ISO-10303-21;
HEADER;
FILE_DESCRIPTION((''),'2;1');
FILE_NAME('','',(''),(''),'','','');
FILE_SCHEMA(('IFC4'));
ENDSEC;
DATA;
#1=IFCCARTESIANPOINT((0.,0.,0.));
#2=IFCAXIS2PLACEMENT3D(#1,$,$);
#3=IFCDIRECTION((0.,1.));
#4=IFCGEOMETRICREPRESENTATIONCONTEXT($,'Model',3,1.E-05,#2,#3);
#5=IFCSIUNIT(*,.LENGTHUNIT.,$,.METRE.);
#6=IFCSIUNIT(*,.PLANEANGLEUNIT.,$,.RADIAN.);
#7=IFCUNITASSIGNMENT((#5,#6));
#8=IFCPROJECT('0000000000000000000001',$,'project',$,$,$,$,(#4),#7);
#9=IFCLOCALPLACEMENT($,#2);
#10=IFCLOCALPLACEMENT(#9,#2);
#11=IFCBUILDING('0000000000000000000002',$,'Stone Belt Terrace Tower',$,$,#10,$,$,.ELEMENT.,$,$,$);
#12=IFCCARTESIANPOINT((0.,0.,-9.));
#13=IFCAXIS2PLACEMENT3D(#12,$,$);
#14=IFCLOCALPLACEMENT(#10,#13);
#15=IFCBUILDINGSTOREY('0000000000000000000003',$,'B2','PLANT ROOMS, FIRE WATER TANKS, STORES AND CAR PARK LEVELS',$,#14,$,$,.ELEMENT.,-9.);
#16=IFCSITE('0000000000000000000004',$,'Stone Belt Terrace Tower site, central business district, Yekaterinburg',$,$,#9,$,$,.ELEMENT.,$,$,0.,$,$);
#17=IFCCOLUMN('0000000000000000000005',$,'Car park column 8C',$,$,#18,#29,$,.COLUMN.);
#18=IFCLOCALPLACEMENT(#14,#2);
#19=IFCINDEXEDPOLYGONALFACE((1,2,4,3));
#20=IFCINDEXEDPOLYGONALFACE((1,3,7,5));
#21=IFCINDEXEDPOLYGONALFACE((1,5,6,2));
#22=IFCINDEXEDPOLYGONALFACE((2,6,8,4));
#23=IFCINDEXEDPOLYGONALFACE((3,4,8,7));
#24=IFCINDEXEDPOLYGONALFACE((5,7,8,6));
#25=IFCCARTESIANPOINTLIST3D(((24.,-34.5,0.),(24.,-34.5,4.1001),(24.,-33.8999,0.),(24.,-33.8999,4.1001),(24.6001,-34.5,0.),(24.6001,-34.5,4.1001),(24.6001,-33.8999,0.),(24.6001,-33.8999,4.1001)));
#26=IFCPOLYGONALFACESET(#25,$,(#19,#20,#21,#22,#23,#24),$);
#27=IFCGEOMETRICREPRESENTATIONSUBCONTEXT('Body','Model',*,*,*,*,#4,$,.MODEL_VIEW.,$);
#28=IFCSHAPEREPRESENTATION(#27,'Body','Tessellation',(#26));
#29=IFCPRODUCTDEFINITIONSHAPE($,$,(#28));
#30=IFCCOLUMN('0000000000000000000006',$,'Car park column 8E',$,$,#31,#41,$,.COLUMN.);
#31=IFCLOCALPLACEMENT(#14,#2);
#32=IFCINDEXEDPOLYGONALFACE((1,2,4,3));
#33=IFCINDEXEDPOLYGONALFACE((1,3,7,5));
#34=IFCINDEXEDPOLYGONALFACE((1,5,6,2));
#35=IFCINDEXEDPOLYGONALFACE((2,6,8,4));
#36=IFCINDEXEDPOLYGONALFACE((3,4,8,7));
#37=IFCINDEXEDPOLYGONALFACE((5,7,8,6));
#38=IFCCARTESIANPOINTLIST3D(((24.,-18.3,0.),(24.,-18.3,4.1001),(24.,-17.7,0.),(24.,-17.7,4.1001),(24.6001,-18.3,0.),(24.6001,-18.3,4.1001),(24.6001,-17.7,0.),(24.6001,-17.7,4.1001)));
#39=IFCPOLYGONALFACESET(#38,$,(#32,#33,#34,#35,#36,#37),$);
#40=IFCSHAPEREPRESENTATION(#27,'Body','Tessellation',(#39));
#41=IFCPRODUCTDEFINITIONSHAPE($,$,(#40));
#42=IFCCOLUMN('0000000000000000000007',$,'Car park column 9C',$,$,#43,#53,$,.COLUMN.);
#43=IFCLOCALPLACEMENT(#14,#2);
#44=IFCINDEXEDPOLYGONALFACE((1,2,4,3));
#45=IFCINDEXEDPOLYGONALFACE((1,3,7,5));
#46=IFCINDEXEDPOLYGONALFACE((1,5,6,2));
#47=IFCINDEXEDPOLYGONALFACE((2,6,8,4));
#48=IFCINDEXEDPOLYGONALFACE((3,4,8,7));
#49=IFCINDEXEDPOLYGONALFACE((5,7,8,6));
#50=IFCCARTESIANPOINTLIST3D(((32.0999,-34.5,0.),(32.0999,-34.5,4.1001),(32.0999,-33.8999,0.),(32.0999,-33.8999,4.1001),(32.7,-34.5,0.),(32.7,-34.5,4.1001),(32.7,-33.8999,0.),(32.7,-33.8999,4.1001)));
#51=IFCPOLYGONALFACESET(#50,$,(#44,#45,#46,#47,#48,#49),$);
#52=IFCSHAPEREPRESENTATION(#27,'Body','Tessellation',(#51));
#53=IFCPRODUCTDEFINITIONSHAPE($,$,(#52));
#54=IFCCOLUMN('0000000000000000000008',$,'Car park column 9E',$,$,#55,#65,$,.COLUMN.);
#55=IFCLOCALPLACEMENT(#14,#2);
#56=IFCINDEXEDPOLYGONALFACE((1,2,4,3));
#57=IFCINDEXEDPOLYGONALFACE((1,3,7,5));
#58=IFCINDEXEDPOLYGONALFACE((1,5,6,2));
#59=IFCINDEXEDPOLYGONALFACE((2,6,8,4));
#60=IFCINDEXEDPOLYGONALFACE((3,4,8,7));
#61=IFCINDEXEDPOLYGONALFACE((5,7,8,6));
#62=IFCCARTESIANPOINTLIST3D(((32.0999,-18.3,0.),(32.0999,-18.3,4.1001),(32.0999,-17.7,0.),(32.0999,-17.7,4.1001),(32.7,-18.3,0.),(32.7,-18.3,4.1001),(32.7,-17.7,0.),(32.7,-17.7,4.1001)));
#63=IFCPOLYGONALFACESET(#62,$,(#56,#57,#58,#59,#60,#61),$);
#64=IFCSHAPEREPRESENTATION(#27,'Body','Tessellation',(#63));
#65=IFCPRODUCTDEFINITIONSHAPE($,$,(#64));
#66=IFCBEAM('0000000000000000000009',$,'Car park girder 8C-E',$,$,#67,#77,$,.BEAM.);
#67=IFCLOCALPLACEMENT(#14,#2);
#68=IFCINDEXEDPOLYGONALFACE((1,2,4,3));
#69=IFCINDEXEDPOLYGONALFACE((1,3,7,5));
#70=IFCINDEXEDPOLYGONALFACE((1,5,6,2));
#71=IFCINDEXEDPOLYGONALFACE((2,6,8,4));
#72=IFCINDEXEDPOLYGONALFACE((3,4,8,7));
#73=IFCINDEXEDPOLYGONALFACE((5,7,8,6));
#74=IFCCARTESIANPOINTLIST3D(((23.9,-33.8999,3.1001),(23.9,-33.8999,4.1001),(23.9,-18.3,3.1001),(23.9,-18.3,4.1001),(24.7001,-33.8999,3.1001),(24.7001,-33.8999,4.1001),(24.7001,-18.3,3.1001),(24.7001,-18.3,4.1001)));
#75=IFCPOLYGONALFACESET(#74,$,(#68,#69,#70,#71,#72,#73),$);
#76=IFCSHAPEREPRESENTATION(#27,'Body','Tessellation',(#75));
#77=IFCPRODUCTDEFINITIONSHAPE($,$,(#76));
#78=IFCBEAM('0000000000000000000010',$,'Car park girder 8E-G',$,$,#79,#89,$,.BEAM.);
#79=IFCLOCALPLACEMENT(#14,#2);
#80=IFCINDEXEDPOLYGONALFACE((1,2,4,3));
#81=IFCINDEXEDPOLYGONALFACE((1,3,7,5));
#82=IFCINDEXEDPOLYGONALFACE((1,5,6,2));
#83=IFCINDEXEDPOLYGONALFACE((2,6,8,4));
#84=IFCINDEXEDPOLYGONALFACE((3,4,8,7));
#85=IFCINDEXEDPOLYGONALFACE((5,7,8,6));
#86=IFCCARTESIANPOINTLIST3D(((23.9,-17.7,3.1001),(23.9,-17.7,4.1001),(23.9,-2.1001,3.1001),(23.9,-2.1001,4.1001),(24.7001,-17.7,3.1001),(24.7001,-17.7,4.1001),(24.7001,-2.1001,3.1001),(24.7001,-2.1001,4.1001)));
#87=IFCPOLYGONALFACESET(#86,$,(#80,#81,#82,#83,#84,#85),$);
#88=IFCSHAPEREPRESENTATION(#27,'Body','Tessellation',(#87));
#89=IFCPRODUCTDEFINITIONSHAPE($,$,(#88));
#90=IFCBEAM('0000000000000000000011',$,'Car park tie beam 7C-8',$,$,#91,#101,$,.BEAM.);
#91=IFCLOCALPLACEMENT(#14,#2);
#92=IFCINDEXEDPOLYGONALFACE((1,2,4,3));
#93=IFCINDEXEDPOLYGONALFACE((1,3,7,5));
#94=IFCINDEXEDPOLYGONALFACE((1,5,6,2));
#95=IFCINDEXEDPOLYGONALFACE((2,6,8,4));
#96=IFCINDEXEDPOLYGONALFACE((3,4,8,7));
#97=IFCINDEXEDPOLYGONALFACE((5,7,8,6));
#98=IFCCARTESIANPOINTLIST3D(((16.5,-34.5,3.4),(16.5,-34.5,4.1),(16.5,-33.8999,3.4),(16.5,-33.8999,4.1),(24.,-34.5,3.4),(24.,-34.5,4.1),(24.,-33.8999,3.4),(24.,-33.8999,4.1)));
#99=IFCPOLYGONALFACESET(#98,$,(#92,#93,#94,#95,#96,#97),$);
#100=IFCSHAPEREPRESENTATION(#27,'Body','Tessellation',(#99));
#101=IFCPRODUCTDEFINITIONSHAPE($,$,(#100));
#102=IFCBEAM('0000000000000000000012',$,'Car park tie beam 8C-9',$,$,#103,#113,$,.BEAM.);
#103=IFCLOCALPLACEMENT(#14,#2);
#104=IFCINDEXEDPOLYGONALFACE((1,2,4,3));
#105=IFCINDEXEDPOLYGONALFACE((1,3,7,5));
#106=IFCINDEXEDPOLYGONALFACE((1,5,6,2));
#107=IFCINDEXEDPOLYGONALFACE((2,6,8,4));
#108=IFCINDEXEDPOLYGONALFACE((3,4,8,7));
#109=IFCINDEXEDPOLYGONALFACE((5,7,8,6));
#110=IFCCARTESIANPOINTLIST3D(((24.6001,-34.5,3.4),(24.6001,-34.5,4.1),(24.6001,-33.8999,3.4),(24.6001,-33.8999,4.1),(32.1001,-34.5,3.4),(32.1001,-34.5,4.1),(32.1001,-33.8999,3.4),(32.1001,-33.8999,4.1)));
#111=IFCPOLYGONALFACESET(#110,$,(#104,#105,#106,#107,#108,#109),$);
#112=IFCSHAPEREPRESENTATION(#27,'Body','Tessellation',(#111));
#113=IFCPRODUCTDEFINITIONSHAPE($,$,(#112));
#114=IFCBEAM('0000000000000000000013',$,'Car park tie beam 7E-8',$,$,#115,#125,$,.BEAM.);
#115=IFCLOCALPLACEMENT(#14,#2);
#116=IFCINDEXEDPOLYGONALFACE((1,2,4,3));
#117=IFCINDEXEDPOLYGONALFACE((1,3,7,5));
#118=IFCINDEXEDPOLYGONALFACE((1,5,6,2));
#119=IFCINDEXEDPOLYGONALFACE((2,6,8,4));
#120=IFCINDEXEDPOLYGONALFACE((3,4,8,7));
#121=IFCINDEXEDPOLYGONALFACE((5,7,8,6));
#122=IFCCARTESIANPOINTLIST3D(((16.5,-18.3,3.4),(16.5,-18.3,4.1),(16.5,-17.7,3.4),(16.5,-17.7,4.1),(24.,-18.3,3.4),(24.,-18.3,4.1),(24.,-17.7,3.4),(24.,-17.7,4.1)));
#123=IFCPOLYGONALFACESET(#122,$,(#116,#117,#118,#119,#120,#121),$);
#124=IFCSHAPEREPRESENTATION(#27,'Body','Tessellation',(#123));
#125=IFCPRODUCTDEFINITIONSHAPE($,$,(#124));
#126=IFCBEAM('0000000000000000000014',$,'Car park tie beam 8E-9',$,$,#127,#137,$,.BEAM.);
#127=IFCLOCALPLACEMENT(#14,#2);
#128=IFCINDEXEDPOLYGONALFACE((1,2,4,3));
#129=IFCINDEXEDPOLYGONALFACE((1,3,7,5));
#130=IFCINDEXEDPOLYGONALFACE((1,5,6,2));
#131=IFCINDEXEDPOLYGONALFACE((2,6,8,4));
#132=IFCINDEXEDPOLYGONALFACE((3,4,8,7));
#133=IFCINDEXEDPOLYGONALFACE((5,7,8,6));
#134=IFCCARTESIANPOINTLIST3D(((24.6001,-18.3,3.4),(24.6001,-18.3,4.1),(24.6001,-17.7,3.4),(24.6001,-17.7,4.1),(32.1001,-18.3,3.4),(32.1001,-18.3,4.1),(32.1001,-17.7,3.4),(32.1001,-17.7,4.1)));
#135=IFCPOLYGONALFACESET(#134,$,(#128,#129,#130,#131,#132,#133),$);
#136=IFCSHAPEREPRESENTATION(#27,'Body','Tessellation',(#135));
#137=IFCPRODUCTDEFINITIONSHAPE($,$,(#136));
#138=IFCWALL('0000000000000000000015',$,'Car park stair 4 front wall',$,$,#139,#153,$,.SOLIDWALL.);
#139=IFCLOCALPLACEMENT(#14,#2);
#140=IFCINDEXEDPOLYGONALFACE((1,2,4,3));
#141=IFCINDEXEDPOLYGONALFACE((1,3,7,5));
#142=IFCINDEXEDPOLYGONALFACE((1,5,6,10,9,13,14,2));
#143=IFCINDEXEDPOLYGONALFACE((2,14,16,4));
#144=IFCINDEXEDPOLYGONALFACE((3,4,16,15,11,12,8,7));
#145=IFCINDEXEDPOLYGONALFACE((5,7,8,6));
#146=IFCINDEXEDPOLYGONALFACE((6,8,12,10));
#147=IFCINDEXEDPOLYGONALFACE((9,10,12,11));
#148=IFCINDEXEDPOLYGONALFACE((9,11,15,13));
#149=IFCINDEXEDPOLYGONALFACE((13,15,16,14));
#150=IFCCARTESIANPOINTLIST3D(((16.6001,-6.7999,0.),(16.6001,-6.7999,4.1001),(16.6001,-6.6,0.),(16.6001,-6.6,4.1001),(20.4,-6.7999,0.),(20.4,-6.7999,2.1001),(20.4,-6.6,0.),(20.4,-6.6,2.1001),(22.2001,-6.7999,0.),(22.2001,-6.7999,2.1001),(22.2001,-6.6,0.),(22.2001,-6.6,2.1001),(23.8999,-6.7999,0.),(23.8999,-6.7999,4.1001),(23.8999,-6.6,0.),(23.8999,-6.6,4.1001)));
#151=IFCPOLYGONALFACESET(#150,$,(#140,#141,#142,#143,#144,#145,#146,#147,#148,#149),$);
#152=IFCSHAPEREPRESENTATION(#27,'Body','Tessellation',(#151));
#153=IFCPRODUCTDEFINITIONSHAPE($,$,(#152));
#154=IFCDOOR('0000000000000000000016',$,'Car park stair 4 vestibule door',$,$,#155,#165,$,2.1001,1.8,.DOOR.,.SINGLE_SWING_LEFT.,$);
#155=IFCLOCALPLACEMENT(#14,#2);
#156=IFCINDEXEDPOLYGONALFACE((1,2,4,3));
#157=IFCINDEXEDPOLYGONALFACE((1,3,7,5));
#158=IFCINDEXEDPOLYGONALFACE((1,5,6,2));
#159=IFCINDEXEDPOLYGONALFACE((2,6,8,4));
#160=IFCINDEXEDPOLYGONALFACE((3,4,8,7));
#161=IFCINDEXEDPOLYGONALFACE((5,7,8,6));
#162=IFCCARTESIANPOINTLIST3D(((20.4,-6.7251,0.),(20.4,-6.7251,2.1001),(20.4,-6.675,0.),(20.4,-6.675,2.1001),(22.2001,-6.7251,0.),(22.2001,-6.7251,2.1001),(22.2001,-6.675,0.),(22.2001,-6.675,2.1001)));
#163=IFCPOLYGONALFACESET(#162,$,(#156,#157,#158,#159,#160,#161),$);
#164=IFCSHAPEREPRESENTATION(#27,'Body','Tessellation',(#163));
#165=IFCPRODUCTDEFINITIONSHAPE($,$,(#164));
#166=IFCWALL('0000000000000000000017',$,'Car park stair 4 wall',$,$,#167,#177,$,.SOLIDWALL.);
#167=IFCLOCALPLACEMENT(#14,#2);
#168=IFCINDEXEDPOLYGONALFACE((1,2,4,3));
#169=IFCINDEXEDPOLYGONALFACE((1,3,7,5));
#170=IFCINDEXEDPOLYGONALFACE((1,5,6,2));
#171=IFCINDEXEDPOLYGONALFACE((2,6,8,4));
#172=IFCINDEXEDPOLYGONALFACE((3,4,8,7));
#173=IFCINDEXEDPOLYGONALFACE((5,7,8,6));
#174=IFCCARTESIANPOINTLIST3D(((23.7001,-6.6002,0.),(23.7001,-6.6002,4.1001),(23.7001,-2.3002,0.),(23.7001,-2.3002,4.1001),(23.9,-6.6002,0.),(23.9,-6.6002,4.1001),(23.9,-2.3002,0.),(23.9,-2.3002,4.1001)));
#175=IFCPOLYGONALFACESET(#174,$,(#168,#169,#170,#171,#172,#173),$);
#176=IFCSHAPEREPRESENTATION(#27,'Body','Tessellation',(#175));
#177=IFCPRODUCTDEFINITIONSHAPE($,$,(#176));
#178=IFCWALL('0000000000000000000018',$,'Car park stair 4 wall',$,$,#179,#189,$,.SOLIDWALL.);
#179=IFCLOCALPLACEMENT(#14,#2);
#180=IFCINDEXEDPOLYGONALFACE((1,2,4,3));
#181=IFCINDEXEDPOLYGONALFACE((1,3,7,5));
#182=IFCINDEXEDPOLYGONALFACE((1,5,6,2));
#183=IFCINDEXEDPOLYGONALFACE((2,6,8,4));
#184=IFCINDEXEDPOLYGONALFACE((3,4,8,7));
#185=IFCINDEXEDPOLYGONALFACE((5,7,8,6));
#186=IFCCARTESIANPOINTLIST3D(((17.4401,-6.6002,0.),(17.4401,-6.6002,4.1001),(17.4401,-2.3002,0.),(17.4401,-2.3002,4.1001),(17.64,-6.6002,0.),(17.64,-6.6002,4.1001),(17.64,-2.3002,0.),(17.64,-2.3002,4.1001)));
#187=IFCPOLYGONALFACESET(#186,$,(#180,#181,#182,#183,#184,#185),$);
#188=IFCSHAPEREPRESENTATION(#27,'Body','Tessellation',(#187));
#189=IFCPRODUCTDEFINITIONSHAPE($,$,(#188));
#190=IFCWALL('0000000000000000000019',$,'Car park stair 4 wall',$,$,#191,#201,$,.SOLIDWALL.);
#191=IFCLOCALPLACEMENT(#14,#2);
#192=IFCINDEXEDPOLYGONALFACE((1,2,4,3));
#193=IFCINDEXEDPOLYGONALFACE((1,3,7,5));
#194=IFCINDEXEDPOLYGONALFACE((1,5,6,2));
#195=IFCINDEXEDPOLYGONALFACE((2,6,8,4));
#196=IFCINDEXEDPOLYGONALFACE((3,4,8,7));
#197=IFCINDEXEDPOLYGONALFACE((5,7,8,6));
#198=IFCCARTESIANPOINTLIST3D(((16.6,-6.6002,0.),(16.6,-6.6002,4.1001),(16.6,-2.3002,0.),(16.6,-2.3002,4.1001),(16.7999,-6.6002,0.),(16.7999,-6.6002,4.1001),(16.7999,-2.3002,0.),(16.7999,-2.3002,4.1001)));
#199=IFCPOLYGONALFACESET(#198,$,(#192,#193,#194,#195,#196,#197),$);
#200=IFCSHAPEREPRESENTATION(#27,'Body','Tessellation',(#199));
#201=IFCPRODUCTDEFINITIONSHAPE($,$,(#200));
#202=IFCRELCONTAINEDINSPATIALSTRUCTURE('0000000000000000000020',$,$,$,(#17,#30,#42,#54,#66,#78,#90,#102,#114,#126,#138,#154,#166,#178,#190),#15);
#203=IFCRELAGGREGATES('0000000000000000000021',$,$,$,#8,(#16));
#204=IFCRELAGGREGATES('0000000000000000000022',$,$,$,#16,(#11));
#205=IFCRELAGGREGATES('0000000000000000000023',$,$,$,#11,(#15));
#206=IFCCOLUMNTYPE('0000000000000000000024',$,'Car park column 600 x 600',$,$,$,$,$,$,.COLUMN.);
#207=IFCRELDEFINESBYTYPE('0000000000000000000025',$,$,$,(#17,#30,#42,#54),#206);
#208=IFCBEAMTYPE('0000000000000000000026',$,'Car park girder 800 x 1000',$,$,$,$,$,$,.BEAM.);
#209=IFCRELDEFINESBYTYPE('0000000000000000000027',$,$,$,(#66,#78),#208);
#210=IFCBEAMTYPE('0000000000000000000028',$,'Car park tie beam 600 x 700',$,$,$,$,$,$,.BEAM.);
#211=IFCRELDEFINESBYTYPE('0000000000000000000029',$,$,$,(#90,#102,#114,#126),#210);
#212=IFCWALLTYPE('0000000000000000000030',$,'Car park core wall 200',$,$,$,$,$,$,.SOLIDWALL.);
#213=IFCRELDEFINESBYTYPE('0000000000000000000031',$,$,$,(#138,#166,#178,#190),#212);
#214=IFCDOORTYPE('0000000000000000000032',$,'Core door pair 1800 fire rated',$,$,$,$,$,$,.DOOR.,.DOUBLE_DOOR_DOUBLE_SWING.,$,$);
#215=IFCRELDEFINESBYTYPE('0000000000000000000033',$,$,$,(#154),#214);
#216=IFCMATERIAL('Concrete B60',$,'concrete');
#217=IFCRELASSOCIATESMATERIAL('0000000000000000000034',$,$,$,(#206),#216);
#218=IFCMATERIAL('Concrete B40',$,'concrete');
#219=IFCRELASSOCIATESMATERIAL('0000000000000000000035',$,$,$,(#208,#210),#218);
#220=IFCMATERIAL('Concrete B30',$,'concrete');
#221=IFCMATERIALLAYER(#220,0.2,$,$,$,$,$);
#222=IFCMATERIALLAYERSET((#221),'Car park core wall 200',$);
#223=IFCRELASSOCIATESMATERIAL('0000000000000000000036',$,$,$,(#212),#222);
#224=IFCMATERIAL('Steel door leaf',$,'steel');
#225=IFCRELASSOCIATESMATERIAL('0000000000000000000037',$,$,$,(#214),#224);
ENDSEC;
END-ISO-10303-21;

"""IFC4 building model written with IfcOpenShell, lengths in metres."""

from ifc_helpers import new_model, si_unit, direction, frame, frame_2d, origin, origin_2d, place, context, subcontext, project, spatial, rectangle, extrude, material, layer, layer_set, material_profile, profile_set, type_object, element, fill, save


model = new_model("IFC4")

# Units and contexts
model_context = context("Model", 3, precision=1e-05, world=origin(), true_north=direction((0.0, 1.0)))
body_context = subcontext(model_context, "Body", "Model", "MODEL_VIEW")
ifc_project = project(units=[si_unit("LENGTHUNIT", "METRE"), si_unit("PLANEANGLEUNIT", "RADIAN")], contexts=[model_context])

# Site, building, storey
site_placement = place(None, origin())
site = spatial("IfcSite", under=ifc_project, at=site_placement, Name="Stone Belt Terrace Tower site, central business district, Yekaterinburg", CompositionType="ELEMENT", RefElevation=0.0)
building_placement = place(site_placement, origin())
building = spatial("IfcBuilding", under=site, at=building_placement, Name="Stone Belt Terrace Tower", CompositionType="ELEMENT")
storey_placement = place(building_placement, frame((0.0, 0.0, -9.0)))
storey = spatial("IfcBuildingStorey", under=building, at=storey_placement, Name="B2", Description="PLANT ROOMS, FIRE WATER TANKS, STORES AND CAR PARK LEVELS", CompositionType="ELEMENT", Elevation=-9.0)

# Columns
ifc_material_1 = material(Name="Concrete B60", Category="concrete")
ifc_material_profile_1 = material_profile(ifc_material_1, rectangle(XDim=0.6001, YDim=0.6001, at=origin_2d()), Name="Car park column 600 x 600")
ifc_profile_set_1 = profile_set([ifc_material_profile_1], Name="Concrete B60")
column_type = type_object("IfcColumnType", Name="Car park column 600 x 600", PredefinedType="COLUMN", material=ifc_profile_set_1)
for number, where, z_axis, x_axis, name in (
    (1, (24.3, -34.2, 0.0), (0.0, 0.0, 1.0), (1.0, 0.0, 0.0), "Car park column 8C"),
    (2, (24.3, -18.0, 0.0), (0.0, 0.0, 1.0), (1.0, 0.0, 0.0), "Car park column 8E"),
    (3, (32.3999, -34.2, 0.0), (0.0, 0.0, 1.0), (1.0, 0.0, 0.0), "Car park column 9C"),
    (4, (32.3999, -18.0, 0.0), (0.0, 0.0, 1.0), (1.0, 0.0, 0.0), "Car park column 9E"),
):
    element("IfcColumn", number, at=place(storey_placement, frame(where, z_axis=z_axis, x_axis=x_axis)), inside=storey, type_object=column_type, Name=name, PredefinedType="COLUMN", context=body_context, shape_type="SweptSolid", body=[
        extrude(rectangle(XDim=0.6001, YDim=0.6001, at=origin_2d()), origin(), (0.0, 0.0, 1.0), 4.1001),
    ])

# Beams
ifc_material_2 = material(Name="Concrete B40", Category="concrete")
ifc_material_profile_2 = material_profile(ifc_material_2, rectangle(XDim=0.8, YDim=1.0, at=origin_2d()), Name="Car park girder 800 x 1000")
ifc_profile_set_2 = profile_set([ifc_material_profile_2], Name="Concrete B40")
beam_type_1 = type_object("IfcBeamType", Name="Car park girder 800 x 1000", PredefinedType="BEAM", material=ifc_profile_set_2)
for number, where, z_axis, x_axis, name in (
    (5, (24.3, -33.8999, 3.6001), (0.0, 1.0, 0.0), (-1.0, 0.0, 0.0), "Car park girder 8C-E"),
    (6, (24.3, -17.7, 3.6001), (0.0, 1.0, 0.0), (-1.0, 0.0, 0.0), "Car park girder 8E-G"),
):
    element("IfcBeam", number, at=place(storey_placement, frame(where, z_axis=z_axis, x_axis=x_axis)), inside=storey, type_object=beam_type_1, Name=name, PredefinedType="BEAM", context=body_context, shape_type="SweptSolid", body=[
        extrude(rectangle(XDim=0.8, YDim=1.0, at=origin_2d()), origin(), (0.0, 0.0, 1.0), 15.5999),
    ])
ifc_material_profile_3 = material_profile(ifc_material_2, rectangle(XDim=0.6001, YDim=0.7, at=origin_2d()), Name="Car park tie beam 600 x 700")
ifc_profile_set_3 = profile_set([ifc_material_profile_3], Name="Concrete B40")
beam_type_2 = type_object("IfcBeamType", Name="Car park tie beam 600 x 700", PredefinedType="BEAM", material=ifc_profile_set_3)
for number, where, z_axis, x_axis, name in (
    (7, (16.5, -34.2, 3.75), (1.0, 0.0, 0.0), (0.0, 1.0, 0.0), "Car park tie beam 7C-8"),
    (8, (24.6001, -34.2, 3.75), (1.0, 0.0, 0.0), (0.0, 1.0, 0.0), "Car park tie beam 8C-9"),
    (9, (16.5, -18.0, 3.75), (1.0, 0.0, 0.0), (0.0, 1.0, 0.0), "Car park tie beam 7E-8"),
    (10, (24.6001, -18.0, 3.75), (1.0, 0.0, 0.0), (0.0, 1.0, 0.0), "Car park tie beam 8E-9"),
):
    element("IfcBeam", number, at=place(storey_placement, frame(where, z_axis=z_axis, x_axis=x_axis)), inside=storey, type_object=beam_type_2, Name=name, PredefinedType="BEAM", context=body_context, shape_type="SweptSolid", body=[
        extrude(rectangle(XDim=0.6001, YDim=0.7, at=origin_2d()), origin(), (0.0, 0.0, 1.0), 7.5),
    ])

# Wall, opening, door
ifc_material_3 = material(Name="Concrete B30", Category="concrete")
ifc_layer_1 = layer(ifc_material_3, 0.2)
ifc_layer_set_1 = layer_set([ifc_layer_1], Name="Car park core wall 200")
wall_type_1 = type_object("IfcWallType", Name="Car park core wall 200", PredefinedType="SOLIDWALL", material=ifc_layer_set_1)
wall_1_placement = place(storey_placement, frame((16.6001, -6.7, 0.0), z_axis=(0.0, 0.0, 1.0), x_axis=(1.0, 0.0, 0.0)))
wall_1 = element("IfcWall", 11, at=wall_1_placement, inside=storey, type_object=wall_type_1, Name="Car park stair 4 front wall", PredefinedType="SOLIDWALL", context=body_context, shape_type="SweptSolid", body=[
    extrude(rectangle(XDim=7.2998, YDim=0.2, at=frame_2d((3.6499, 0.0))), origin(), (0.0, 0.0, 1.0), 4.1001),
])
opening_1_placement = place(wall_1_placement, frame((3.8, 0.0, 0.0)))
opening_1 = element("IfcOpeningElement", 12, at=opening_1_placement, cuts=wall_1, PredefinedType="OPENING", context=body_context, shape_type="SweptSolid", body=[
    extrude(rectangle(XDim=1.8, YDim=2.1001, at=frame_2d((0.8999, 1.05))), frame((0.0, 0.1099, 0.0), z_axis=(0.0, -1.0, 0.0), x_axis=(1.0, 0.0, 0.0)), (0.0, 0.0, 1.0), 0.22),
])
ifc_material_4 = material(Name="Steel door leaf", Category="steel")
door_type_1 = type_object("IfcDoorType", Name="Core door pair 1800 fire rated", OperationType="DOUBLE_DOOR_DOUBLE_SWING", PredefinedType="DOOR", material=ifc_material_4)
door_1_placement = place(opening_1_placement, origin())
door_1 = element("IfcDoor", 13, at=door_1_placement, inside=storey, type_object=door_type_1, Name="Car park stair 4 vestibule door", OperationType="SINGLE_SWING_LEFT", OverallHeight=2.1001, OverallWidth=1.8, PredefinedType="DOOR", context=body_context, shape_type="SweptSolid", body=[
    extrude(rectangle(XDim=1.8, YDim=2.1001, at=frame_2d((0.8999, 1.05))), frame((0.0, 0.0249, 0.0), z_axis=(0.0, -1.0, 0.0), x_axis=(1.0, 0.0, 0.0)), (0.0, 0.0, 1.0), 0.05),
])
fill(opening_1, door_1)

# Walls
for number, where, z_axis, x_axis, name in (
    (14, (23.8, -6.6001, 0.0), (0.0, 0.0, 1.0), (0.0, 1.0, 0.0), "Car park stair 4 wall"),
    (15, (17.54, -6.6001, 0.0), (0.0, 0.0, 1.0), (0.0, 1.0, 0.0), "Car park stair 4 wall"),
    (16, (16.7, -6.6001, 0.0), (0.0, 0.0, 1.0), (0.0, 1.0, 0.0), "Car park stair 4 wall"),
):
    element("IfcWall", number, at=place(storey_placement, frame(where, z_axis=z_axis, x_axis=x_axis)), inside=storey, type_object=wall_type_1, Name=name, PredefinedType="SOLIDWALL", context=body_context, shape_type="SweptSolid", body=[
        extrude(rectangle(XDim=4.3, YDim=0.2, at=frame_2d((2.1499, 0.0))), origin(), (0.0, 0.0, 1.0), 4.1001),
    ])

save(model, "model.ifc")
